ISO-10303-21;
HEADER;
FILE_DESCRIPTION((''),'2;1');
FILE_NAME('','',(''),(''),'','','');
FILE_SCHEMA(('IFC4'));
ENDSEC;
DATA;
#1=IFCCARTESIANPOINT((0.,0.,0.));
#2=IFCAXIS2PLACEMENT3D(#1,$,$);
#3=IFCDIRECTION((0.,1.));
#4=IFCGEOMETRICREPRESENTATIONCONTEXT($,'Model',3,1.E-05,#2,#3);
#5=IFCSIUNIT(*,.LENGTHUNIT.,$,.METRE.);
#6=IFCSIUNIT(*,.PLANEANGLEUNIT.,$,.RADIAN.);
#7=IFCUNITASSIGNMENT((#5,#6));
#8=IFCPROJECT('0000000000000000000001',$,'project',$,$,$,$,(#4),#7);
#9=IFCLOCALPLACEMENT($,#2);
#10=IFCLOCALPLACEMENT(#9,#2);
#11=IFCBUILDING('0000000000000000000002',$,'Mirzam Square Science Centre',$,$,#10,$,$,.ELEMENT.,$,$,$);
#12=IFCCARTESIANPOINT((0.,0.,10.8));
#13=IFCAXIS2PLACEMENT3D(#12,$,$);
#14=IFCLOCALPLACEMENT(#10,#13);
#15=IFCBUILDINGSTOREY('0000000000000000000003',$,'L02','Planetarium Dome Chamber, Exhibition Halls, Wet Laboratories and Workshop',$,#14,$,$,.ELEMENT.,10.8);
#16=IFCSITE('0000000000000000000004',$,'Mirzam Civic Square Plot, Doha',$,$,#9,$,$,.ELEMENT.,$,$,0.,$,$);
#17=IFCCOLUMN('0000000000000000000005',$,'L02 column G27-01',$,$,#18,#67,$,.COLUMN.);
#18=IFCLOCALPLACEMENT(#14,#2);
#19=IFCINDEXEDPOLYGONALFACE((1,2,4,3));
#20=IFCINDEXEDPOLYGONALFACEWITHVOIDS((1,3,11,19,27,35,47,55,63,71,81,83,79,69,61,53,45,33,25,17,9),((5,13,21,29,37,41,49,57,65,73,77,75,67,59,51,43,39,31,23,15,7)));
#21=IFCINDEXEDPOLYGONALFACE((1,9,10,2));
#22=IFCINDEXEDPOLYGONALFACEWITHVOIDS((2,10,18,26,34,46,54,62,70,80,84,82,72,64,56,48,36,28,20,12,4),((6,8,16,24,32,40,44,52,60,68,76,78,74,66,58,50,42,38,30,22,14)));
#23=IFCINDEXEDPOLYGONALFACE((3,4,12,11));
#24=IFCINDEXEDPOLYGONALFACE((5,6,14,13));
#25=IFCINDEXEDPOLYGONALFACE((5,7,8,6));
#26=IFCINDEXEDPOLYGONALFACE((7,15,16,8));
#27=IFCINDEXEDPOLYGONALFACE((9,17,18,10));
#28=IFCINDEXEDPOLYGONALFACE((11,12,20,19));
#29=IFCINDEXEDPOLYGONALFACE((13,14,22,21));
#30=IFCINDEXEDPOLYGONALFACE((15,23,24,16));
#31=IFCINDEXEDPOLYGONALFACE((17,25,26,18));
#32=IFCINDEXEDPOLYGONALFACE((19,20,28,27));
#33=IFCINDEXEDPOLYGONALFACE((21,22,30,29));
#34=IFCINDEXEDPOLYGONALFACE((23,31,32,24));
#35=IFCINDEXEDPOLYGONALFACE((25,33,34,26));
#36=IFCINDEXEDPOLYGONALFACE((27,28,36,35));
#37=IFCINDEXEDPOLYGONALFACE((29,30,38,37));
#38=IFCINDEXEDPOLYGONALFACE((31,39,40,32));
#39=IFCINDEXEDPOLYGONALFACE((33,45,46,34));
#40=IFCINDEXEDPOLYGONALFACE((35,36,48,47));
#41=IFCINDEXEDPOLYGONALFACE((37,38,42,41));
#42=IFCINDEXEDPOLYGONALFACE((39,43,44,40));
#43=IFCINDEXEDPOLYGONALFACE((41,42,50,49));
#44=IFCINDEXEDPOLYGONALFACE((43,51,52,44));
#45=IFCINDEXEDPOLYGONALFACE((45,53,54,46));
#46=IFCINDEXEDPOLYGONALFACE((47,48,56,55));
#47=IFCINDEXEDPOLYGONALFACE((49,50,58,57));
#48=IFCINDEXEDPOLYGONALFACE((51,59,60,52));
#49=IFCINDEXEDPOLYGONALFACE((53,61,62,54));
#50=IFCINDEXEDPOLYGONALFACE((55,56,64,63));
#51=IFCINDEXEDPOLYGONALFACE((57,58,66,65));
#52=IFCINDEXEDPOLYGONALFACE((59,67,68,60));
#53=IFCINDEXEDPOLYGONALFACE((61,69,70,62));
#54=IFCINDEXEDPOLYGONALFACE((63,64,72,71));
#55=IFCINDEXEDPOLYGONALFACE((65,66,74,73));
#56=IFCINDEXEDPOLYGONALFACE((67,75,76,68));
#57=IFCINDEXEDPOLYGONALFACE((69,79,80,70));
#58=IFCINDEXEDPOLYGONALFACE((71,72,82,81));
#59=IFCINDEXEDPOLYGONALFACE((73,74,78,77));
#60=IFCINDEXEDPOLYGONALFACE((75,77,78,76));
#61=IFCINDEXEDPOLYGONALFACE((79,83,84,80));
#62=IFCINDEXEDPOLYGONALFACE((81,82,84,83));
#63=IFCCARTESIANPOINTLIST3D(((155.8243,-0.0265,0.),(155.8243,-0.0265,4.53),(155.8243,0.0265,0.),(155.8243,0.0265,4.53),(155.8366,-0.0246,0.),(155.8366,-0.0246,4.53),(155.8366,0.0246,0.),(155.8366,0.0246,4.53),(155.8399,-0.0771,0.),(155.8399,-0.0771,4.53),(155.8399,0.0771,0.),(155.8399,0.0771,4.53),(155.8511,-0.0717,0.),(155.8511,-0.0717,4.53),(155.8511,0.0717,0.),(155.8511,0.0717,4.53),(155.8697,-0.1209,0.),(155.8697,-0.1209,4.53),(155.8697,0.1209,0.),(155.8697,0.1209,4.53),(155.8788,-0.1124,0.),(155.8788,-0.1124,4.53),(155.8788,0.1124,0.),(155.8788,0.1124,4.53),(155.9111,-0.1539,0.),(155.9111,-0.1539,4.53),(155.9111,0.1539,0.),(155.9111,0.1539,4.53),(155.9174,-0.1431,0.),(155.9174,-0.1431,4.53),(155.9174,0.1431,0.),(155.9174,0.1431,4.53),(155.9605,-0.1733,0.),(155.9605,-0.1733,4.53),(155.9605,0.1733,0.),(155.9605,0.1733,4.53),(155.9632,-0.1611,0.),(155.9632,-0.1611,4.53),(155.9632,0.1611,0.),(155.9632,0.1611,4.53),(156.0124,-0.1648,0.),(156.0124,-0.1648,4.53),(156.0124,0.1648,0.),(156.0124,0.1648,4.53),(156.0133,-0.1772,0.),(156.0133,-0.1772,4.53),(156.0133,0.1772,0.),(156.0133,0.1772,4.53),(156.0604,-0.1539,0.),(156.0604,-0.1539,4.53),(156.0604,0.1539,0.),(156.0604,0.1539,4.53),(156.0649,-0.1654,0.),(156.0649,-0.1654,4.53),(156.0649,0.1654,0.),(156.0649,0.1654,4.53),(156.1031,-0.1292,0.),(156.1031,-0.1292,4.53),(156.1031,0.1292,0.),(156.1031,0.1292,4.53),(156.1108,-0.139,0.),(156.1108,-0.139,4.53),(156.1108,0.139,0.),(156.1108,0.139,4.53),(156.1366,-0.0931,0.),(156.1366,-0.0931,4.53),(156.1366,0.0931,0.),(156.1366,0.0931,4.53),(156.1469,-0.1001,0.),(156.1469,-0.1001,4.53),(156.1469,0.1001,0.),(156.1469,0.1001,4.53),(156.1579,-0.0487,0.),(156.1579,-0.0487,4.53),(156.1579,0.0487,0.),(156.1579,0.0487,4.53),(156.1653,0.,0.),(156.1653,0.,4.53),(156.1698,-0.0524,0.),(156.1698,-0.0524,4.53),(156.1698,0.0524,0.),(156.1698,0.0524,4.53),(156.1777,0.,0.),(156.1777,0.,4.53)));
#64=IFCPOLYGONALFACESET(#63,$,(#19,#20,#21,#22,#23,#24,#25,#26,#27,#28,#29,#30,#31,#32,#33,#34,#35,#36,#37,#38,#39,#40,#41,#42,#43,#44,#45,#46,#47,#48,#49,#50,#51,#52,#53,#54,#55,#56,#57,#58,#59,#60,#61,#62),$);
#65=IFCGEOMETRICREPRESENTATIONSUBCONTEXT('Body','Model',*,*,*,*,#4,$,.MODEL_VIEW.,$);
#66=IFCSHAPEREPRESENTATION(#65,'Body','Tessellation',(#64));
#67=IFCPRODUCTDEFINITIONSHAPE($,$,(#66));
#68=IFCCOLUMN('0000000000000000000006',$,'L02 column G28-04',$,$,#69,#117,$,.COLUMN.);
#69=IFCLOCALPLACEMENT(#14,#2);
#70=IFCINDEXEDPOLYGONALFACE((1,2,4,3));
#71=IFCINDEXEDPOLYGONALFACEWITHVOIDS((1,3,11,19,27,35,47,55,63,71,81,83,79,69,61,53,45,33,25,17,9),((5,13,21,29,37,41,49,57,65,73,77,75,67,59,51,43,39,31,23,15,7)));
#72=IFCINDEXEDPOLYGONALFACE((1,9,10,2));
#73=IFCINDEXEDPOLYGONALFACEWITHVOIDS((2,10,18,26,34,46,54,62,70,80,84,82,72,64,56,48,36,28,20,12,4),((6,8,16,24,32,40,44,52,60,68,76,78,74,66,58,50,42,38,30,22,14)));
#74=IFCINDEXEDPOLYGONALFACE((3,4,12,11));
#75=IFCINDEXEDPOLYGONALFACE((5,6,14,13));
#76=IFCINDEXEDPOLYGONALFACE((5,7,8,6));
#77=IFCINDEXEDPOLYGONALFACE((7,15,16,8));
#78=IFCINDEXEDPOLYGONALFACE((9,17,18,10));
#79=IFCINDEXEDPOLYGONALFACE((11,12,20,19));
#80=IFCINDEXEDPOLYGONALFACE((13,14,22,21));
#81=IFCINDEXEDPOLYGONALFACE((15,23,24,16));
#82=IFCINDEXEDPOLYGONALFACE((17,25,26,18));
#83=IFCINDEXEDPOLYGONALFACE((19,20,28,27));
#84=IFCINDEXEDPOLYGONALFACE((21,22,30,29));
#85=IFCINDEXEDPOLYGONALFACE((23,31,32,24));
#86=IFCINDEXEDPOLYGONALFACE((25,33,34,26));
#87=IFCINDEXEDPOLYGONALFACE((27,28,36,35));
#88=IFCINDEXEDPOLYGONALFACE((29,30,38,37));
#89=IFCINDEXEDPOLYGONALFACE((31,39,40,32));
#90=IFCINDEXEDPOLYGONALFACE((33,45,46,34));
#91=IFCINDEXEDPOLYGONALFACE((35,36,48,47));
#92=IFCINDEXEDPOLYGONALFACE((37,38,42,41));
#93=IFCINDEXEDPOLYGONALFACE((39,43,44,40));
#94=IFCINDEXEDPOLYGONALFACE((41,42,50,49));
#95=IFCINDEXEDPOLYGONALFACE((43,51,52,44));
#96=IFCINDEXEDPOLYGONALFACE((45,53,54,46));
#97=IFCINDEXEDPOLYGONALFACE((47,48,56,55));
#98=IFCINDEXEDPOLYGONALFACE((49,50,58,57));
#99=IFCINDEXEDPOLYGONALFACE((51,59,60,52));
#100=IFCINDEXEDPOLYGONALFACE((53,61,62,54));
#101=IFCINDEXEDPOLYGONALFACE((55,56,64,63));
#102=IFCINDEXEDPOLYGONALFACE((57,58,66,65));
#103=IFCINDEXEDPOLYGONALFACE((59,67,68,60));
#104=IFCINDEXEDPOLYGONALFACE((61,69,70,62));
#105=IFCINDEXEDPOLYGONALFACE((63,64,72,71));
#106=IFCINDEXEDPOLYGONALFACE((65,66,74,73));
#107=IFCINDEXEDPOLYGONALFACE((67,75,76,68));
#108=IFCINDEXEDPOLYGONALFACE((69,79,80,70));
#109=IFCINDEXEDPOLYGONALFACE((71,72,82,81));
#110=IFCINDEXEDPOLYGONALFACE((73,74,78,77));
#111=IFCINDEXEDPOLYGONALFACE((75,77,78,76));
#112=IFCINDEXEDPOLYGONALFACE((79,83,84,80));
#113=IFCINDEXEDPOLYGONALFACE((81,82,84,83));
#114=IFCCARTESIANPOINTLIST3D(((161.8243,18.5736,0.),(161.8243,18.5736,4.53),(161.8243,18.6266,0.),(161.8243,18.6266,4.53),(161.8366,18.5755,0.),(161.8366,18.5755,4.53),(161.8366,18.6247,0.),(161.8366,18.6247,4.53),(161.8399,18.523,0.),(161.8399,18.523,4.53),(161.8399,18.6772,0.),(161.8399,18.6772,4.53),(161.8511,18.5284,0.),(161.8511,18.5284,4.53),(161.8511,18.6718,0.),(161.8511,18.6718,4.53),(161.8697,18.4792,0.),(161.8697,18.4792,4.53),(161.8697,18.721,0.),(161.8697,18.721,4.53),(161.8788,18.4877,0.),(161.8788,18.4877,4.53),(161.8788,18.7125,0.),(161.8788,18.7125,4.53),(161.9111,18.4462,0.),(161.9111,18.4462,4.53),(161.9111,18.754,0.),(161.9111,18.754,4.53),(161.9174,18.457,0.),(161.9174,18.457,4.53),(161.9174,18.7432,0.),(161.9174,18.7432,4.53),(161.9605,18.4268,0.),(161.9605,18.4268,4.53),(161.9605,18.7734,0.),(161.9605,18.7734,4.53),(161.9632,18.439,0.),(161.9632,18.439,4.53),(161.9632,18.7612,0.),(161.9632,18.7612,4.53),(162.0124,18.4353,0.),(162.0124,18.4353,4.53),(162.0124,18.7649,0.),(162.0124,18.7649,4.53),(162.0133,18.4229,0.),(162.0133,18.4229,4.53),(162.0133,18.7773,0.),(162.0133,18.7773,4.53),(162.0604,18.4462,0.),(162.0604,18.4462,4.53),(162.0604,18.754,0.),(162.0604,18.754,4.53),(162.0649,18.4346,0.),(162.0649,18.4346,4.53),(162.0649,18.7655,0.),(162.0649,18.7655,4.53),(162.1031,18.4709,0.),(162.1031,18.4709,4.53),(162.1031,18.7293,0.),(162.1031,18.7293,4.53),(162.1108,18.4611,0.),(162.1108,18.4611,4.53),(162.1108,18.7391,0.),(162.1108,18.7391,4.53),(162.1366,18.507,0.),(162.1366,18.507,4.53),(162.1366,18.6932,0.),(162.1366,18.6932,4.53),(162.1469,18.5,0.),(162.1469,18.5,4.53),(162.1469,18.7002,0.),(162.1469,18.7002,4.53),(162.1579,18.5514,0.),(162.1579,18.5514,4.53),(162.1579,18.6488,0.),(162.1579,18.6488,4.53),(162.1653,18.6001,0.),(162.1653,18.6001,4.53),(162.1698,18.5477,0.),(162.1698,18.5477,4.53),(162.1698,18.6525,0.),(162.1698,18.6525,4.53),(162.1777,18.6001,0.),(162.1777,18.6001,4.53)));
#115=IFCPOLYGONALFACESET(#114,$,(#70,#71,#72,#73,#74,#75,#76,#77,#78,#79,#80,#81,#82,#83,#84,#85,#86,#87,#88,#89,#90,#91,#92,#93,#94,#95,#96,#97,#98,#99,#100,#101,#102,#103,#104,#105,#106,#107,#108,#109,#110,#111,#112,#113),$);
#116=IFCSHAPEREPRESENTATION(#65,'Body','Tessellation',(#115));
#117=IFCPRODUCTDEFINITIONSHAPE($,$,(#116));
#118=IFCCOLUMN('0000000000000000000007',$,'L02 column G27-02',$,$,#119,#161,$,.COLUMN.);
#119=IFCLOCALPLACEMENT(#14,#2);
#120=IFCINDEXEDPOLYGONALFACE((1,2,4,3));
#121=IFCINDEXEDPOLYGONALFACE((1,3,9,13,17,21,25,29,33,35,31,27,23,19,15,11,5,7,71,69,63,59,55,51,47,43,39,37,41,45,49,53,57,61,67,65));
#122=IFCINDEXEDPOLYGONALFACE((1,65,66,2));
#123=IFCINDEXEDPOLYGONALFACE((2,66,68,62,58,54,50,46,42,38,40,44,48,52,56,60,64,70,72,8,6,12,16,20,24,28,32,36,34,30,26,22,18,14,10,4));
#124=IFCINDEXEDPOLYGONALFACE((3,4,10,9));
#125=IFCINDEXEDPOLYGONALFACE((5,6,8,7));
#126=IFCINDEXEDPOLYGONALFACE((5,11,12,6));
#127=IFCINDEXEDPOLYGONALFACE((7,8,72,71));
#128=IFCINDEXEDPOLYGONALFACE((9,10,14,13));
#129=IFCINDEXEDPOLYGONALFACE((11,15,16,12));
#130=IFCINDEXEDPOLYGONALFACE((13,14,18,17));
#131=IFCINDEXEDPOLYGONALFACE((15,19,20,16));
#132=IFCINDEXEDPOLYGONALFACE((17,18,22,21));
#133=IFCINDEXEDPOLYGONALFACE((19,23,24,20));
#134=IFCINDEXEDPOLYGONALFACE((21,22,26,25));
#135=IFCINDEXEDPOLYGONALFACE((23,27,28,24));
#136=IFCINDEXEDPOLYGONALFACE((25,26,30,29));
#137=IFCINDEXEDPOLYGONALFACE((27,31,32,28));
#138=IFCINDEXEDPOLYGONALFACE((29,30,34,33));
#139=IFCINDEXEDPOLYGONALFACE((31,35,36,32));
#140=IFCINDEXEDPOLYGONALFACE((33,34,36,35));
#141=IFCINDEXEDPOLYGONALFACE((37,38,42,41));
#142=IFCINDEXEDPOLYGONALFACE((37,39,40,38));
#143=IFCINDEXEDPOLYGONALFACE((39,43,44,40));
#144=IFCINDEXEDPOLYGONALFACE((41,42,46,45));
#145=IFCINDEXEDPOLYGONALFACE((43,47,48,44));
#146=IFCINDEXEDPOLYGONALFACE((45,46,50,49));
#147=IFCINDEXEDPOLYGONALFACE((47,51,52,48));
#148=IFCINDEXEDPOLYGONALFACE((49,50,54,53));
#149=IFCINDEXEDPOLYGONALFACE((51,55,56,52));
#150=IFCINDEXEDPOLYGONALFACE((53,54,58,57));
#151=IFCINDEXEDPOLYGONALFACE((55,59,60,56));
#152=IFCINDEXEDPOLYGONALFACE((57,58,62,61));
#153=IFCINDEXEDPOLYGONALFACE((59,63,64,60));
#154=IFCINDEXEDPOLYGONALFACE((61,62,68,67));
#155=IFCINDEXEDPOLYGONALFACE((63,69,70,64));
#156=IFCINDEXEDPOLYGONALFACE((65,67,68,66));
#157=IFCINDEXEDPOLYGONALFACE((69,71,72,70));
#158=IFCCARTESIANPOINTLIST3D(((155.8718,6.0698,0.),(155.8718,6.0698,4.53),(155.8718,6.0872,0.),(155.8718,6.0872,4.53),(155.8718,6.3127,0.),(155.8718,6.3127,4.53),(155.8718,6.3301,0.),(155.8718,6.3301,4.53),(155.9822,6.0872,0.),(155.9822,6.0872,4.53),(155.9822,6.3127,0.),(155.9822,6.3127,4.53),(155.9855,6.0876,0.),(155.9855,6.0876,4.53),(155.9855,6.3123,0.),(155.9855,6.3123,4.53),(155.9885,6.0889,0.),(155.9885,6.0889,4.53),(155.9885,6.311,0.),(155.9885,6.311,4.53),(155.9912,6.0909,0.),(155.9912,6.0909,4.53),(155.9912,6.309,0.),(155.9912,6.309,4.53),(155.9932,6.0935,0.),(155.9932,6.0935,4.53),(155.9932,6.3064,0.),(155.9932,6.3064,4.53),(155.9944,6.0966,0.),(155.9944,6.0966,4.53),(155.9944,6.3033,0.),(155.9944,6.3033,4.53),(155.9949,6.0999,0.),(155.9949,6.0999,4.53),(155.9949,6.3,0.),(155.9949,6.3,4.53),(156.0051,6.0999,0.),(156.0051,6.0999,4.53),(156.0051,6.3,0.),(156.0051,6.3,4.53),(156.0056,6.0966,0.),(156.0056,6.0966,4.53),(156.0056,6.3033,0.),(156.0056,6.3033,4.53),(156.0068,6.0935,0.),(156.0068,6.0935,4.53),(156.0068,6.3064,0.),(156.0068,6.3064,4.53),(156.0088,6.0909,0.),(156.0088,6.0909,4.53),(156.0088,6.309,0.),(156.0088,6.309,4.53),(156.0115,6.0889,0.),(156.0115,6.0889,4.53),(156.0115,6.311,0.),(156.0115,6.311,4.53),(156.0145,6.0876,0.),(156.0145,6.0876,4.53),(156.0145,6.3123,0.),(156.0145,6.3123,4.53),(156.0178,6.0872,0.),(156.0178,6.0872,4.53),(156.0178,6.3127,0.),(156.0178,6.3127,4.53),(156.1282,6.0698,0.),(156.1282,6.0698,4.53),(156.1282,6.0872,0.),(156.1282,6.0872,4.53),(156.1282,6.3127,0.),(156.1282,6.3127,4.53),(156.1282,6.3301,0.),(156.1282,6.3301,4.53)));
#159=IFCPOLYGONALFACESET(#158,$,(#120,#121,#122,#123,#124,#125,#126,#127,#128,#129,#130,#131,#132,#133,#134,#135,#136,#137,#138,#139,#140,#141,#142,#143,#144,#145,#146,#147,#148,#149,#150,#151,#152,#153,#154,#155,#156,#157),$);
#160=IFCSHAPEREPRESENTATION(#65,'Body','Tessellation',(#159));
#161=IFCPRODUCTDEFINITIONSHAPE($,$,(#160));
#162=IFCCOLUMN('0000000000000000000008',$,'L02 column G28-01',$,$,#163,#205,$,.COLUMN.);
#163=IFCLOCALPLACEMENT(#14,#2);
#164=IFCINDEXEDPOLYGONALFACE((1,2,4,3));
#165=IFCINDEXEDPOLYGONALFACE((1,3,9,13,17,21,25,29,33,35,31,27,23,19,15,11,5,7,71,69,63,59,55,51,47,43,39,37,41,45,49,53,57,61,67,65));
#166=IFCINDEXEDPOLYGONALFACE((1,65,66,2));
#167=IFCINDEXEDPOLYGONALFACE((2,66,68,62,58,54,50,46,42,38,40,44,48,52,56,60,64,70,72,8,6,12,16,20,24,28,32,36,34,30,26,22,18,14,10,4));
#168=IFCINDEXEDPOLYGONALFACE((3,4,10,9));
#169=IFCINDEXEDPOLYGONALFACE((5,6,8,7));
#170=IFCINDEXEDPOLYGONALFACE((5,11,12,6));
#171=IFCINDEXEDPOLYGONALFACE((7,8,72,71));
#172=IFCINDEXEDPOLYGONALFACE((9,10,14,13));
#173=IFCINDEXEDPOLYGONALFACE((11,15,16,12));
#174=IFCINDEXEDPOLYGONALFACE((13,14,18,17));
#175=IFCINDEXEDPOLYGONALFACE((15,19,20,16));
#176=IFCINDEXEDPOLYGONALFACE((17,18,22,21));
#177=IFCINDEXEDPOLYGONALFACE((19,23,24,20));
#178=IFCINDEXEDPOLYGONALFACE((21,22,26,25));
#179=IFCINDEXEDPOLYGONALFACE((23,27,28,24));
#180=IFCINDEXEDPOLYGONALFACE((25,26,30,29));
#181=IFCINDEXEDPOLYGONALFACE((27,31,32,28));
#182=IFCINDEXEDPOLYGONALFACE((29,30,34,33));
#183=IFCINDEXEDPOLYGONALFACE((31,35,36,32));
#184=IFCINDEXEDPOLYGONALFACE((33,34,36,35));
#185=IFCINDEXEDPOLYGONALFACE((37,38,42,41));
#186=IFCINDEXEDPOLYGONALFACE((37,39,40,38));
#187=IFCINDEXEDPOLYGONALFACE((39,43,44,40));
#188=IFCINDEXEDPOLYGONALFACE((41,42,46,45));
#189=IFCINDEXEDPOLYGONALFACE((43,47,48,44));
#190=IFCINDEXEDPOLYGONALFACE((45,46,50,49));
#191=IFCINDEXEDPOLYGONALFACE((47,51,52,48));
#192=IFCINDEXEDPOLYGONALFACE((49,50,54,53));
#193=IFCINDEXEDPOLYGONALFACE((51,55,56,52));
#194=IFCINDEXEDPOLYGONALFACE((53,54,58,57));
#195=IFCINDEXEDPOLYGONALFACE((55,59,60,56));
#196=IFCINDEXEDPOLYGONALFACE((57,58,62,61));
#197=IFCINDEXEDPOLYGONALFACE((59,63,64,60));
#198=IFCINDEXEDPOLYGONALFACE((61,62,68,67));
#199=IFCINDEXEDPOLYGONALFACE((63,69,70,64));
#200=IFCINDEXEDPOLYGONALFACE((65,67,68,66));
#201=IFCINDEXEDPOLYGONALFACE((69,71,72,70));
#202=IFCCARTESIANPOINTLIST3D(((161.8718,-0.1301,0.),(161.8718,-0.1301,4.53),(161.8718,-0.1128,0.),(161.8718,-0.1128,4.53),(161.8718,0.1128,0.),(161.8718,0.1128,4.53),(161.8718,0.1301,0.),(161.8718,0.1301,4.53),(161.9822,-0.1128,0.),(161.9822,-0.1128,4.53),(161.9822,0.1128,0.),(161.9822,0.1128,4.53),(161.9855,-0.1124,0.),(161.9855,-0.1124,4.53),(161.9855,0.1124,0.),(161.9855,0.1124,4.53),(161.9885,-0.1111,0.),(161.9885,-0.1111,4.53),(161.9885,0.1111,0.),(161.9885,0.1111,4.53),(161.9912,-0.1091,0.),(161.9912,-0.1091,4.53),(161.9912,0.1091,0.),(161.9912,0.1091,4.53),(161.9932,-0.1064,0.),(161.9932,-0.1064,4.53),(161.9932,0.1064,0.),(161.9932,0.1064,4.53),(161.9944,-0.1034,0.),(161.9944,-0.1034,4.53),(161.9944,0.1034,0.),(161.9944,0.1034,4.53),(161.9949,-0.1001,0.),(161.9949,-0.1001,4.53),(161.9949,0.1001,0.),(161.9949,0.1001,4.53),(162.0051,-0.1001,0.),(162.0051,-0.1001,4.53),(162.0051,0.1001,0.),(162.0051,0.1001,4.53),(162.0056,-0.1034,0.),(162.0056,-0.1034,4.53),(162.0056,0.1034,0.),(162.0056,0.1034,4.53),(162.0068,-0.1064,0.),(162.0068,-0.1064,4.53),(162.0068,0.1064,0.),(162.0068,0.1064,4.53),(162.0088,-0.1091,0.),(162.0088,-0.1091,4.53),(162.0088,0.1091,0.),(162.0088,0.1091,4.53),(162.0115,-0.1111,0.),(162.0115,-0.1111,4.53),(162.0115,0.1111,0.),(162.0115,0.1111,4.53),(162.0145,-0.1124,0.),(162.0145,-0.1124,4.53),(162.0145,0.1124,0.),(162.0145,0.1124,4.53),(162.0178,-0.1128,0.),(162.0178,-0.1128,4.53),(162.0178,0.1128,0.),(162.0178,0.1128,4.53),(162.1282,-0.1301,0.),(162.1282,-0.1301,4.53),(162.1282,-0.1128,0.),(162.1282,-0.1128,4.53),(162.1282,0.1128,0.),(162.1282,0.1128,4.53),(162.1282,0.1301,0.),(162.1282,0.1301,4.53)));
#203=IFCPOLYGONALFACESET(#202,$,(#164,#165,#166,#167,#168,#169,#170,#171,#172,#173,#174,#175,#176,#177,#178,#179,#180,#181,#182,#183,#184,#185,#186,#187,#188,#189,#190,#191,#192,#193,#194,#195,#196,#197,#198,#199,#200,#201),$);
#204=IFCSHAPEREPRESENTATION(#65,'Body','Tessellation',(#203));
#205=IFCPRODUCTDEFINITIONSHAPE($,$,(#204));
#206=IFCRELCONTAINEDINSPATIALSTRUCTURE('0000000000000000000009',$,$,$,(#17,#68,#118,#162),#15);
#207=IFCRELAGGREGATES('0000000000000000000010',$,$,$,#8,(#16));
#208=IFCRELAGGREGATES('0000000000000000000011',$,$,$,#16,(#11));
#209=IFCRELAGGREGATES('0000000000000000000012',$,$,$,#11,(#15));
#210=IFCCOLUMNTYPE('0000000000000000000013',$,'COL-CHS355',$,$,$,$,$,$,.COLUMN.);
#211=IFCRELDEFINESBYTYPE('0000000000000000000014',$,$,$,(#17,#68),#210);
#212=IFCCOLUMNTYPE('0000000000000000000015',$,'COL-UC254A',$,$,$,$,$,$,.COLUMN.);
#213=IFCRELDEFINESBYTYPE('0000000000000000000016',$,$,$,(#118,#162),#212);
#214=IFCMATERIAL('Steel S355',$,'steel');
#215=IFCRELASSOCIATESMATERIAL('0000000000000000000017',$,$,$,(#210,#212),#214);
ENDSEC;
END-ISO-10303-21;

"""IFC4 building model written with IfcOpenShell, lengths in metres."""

from ifc_helpers import new_model, si_unit, direction, frame, origin, origin_2d, place, context, subcontext, project, spatial, hollow_circle, i_section, extrude, material, material_profile, profile_set, type_object, element, save


model = new_model("IFC4")

# Units and contexts
model_context = context("Model", 3, precision=1e-05, world=origin(), true_north=direction((0.0, 1.0)))
body_context = subcontext(model_context, "Body", "Model", "MODEL_VIEW")
ifc_project = project(units=[si_unit("LENGTHUNIT", "METRE"), si_unit("PLANEANGLEUNIT", "RADIAN")], contexts=[model_context])

# Site, building, storey
site_placement = place(None, origin())
site = spatial("IfcSite", under=ifc_project, at=site_placement, Name="Mirzam Civic Square Plot, Doha", CompositionType="ELEMENT", RefElevation=0.0)
building_placement = place(site_placement, origin())
building = spatial("IfcBuilding", under=site, at=building_placement, Name="Mirzam Square Science Centre", CompositionType="ELEMENT")
storey_placement = place(building_placement, frame((0.0, 0.0, 10.8)))
storey = spatial("IfcBuildingStorey", under=building, at=storey_placement, Name="L02", Description="Planetarium Dome Chamber, Exhibition Halls, Wet Laboratories and Workshop", CompositionType="ELEMENT", Elevation=10.8)

# Columns
ifc_material_1 = material(Name="Steel S355", Category="steel")
ifc_material_profile_1 = material_profile(ifc_material_1, hollow_circle(Radius=0.1777, WallThickness=0.0125, at=origin_2d()), Name="355.6x12.5CHS")
ifc_profile_set_1 = profile_set([ifc_material_profile_1], Name="Steel S355")
column_type_1 = type_object("IfcColumnType", Name="COL-CHS355", PredefinedType="COLUMN", material=ifc_profile_set_1)
for number, where, z_axis, x_axis, name in (
    (1, (156.0, 0.0, 0.0), (0.0, 0.0, 1.0), (1.0, 0.0, 0.0), "L02 column G27-01"),
    (2, (162.0, 18.6001, 0.0), (0.0, 0.0, 1.0), (1.0, 0.0, 0.0), "L02 column G28-04"),
):
    element("IfcColumn", number, at=place(storey_placement, frame(where, z_axis=z_axis, x_axis=x_axis)), inside=storey, type_object=column_type_1, Name=name, PredefinedType="COLUMN", context=body_context, shape_type="SweptSolid", body=[
        extrude(hollow_circle(Radius=0.1777, WallThickness=0.0125, at=origin_2d()), origin(), (0.0, 0.0, 1.0), 4.53),
    ])
ifc_material_profile_2 = material_profile(ifc_material_1, i_section(OverallWidth=0.2563, OverallDepth=0.2603, WebThickness=0.0103, FlangeThickness=0.0173, FilletRadius=0.0127, at=origin_2d()), Name="254x254x89UC")
ifc_profile_set_2 = profile_set([ifc_material_profile_2], Name="Steel S355")
column_type_2 = type_object("IfcColumnType", Name="COL-UC254A", PredefinedType="COLUMN", material=ifc_profile_set_2)
for number, where, z_axis, x_axis, name in (
    (3, (156.0, 6.2, 0.0), (0.0, 0.0, 1.0), (1.0, 0.0, 0.0), "L02 column G27-02"),
    (4, (162.0, 0.0, 0.0), (0.0, 0.0, 1.0), (1.0, 0.0, 0.0), "L02 column G28-01"),
):
    element("IfcColumn", number, at=place(storey_placement, frame(where, z_axis=z_axis, x_axis=x_axis)), inside=storey, type_object=column_type_2, Name=name, PredefinedType="COLUMN", context=body_context, shape_type="SweptSolid", body=[
        extrude(i_section(OverallWidth=0.2563, OverallDepth=0.2603, WebThickness=0.0103, FlangeThickness=0.0173, FilletRadius=0.0127, at=origin_2d()), origin(), (0.0, 0.0, 1.0), 4.53),
    ])

save(model, "model.ifc")
